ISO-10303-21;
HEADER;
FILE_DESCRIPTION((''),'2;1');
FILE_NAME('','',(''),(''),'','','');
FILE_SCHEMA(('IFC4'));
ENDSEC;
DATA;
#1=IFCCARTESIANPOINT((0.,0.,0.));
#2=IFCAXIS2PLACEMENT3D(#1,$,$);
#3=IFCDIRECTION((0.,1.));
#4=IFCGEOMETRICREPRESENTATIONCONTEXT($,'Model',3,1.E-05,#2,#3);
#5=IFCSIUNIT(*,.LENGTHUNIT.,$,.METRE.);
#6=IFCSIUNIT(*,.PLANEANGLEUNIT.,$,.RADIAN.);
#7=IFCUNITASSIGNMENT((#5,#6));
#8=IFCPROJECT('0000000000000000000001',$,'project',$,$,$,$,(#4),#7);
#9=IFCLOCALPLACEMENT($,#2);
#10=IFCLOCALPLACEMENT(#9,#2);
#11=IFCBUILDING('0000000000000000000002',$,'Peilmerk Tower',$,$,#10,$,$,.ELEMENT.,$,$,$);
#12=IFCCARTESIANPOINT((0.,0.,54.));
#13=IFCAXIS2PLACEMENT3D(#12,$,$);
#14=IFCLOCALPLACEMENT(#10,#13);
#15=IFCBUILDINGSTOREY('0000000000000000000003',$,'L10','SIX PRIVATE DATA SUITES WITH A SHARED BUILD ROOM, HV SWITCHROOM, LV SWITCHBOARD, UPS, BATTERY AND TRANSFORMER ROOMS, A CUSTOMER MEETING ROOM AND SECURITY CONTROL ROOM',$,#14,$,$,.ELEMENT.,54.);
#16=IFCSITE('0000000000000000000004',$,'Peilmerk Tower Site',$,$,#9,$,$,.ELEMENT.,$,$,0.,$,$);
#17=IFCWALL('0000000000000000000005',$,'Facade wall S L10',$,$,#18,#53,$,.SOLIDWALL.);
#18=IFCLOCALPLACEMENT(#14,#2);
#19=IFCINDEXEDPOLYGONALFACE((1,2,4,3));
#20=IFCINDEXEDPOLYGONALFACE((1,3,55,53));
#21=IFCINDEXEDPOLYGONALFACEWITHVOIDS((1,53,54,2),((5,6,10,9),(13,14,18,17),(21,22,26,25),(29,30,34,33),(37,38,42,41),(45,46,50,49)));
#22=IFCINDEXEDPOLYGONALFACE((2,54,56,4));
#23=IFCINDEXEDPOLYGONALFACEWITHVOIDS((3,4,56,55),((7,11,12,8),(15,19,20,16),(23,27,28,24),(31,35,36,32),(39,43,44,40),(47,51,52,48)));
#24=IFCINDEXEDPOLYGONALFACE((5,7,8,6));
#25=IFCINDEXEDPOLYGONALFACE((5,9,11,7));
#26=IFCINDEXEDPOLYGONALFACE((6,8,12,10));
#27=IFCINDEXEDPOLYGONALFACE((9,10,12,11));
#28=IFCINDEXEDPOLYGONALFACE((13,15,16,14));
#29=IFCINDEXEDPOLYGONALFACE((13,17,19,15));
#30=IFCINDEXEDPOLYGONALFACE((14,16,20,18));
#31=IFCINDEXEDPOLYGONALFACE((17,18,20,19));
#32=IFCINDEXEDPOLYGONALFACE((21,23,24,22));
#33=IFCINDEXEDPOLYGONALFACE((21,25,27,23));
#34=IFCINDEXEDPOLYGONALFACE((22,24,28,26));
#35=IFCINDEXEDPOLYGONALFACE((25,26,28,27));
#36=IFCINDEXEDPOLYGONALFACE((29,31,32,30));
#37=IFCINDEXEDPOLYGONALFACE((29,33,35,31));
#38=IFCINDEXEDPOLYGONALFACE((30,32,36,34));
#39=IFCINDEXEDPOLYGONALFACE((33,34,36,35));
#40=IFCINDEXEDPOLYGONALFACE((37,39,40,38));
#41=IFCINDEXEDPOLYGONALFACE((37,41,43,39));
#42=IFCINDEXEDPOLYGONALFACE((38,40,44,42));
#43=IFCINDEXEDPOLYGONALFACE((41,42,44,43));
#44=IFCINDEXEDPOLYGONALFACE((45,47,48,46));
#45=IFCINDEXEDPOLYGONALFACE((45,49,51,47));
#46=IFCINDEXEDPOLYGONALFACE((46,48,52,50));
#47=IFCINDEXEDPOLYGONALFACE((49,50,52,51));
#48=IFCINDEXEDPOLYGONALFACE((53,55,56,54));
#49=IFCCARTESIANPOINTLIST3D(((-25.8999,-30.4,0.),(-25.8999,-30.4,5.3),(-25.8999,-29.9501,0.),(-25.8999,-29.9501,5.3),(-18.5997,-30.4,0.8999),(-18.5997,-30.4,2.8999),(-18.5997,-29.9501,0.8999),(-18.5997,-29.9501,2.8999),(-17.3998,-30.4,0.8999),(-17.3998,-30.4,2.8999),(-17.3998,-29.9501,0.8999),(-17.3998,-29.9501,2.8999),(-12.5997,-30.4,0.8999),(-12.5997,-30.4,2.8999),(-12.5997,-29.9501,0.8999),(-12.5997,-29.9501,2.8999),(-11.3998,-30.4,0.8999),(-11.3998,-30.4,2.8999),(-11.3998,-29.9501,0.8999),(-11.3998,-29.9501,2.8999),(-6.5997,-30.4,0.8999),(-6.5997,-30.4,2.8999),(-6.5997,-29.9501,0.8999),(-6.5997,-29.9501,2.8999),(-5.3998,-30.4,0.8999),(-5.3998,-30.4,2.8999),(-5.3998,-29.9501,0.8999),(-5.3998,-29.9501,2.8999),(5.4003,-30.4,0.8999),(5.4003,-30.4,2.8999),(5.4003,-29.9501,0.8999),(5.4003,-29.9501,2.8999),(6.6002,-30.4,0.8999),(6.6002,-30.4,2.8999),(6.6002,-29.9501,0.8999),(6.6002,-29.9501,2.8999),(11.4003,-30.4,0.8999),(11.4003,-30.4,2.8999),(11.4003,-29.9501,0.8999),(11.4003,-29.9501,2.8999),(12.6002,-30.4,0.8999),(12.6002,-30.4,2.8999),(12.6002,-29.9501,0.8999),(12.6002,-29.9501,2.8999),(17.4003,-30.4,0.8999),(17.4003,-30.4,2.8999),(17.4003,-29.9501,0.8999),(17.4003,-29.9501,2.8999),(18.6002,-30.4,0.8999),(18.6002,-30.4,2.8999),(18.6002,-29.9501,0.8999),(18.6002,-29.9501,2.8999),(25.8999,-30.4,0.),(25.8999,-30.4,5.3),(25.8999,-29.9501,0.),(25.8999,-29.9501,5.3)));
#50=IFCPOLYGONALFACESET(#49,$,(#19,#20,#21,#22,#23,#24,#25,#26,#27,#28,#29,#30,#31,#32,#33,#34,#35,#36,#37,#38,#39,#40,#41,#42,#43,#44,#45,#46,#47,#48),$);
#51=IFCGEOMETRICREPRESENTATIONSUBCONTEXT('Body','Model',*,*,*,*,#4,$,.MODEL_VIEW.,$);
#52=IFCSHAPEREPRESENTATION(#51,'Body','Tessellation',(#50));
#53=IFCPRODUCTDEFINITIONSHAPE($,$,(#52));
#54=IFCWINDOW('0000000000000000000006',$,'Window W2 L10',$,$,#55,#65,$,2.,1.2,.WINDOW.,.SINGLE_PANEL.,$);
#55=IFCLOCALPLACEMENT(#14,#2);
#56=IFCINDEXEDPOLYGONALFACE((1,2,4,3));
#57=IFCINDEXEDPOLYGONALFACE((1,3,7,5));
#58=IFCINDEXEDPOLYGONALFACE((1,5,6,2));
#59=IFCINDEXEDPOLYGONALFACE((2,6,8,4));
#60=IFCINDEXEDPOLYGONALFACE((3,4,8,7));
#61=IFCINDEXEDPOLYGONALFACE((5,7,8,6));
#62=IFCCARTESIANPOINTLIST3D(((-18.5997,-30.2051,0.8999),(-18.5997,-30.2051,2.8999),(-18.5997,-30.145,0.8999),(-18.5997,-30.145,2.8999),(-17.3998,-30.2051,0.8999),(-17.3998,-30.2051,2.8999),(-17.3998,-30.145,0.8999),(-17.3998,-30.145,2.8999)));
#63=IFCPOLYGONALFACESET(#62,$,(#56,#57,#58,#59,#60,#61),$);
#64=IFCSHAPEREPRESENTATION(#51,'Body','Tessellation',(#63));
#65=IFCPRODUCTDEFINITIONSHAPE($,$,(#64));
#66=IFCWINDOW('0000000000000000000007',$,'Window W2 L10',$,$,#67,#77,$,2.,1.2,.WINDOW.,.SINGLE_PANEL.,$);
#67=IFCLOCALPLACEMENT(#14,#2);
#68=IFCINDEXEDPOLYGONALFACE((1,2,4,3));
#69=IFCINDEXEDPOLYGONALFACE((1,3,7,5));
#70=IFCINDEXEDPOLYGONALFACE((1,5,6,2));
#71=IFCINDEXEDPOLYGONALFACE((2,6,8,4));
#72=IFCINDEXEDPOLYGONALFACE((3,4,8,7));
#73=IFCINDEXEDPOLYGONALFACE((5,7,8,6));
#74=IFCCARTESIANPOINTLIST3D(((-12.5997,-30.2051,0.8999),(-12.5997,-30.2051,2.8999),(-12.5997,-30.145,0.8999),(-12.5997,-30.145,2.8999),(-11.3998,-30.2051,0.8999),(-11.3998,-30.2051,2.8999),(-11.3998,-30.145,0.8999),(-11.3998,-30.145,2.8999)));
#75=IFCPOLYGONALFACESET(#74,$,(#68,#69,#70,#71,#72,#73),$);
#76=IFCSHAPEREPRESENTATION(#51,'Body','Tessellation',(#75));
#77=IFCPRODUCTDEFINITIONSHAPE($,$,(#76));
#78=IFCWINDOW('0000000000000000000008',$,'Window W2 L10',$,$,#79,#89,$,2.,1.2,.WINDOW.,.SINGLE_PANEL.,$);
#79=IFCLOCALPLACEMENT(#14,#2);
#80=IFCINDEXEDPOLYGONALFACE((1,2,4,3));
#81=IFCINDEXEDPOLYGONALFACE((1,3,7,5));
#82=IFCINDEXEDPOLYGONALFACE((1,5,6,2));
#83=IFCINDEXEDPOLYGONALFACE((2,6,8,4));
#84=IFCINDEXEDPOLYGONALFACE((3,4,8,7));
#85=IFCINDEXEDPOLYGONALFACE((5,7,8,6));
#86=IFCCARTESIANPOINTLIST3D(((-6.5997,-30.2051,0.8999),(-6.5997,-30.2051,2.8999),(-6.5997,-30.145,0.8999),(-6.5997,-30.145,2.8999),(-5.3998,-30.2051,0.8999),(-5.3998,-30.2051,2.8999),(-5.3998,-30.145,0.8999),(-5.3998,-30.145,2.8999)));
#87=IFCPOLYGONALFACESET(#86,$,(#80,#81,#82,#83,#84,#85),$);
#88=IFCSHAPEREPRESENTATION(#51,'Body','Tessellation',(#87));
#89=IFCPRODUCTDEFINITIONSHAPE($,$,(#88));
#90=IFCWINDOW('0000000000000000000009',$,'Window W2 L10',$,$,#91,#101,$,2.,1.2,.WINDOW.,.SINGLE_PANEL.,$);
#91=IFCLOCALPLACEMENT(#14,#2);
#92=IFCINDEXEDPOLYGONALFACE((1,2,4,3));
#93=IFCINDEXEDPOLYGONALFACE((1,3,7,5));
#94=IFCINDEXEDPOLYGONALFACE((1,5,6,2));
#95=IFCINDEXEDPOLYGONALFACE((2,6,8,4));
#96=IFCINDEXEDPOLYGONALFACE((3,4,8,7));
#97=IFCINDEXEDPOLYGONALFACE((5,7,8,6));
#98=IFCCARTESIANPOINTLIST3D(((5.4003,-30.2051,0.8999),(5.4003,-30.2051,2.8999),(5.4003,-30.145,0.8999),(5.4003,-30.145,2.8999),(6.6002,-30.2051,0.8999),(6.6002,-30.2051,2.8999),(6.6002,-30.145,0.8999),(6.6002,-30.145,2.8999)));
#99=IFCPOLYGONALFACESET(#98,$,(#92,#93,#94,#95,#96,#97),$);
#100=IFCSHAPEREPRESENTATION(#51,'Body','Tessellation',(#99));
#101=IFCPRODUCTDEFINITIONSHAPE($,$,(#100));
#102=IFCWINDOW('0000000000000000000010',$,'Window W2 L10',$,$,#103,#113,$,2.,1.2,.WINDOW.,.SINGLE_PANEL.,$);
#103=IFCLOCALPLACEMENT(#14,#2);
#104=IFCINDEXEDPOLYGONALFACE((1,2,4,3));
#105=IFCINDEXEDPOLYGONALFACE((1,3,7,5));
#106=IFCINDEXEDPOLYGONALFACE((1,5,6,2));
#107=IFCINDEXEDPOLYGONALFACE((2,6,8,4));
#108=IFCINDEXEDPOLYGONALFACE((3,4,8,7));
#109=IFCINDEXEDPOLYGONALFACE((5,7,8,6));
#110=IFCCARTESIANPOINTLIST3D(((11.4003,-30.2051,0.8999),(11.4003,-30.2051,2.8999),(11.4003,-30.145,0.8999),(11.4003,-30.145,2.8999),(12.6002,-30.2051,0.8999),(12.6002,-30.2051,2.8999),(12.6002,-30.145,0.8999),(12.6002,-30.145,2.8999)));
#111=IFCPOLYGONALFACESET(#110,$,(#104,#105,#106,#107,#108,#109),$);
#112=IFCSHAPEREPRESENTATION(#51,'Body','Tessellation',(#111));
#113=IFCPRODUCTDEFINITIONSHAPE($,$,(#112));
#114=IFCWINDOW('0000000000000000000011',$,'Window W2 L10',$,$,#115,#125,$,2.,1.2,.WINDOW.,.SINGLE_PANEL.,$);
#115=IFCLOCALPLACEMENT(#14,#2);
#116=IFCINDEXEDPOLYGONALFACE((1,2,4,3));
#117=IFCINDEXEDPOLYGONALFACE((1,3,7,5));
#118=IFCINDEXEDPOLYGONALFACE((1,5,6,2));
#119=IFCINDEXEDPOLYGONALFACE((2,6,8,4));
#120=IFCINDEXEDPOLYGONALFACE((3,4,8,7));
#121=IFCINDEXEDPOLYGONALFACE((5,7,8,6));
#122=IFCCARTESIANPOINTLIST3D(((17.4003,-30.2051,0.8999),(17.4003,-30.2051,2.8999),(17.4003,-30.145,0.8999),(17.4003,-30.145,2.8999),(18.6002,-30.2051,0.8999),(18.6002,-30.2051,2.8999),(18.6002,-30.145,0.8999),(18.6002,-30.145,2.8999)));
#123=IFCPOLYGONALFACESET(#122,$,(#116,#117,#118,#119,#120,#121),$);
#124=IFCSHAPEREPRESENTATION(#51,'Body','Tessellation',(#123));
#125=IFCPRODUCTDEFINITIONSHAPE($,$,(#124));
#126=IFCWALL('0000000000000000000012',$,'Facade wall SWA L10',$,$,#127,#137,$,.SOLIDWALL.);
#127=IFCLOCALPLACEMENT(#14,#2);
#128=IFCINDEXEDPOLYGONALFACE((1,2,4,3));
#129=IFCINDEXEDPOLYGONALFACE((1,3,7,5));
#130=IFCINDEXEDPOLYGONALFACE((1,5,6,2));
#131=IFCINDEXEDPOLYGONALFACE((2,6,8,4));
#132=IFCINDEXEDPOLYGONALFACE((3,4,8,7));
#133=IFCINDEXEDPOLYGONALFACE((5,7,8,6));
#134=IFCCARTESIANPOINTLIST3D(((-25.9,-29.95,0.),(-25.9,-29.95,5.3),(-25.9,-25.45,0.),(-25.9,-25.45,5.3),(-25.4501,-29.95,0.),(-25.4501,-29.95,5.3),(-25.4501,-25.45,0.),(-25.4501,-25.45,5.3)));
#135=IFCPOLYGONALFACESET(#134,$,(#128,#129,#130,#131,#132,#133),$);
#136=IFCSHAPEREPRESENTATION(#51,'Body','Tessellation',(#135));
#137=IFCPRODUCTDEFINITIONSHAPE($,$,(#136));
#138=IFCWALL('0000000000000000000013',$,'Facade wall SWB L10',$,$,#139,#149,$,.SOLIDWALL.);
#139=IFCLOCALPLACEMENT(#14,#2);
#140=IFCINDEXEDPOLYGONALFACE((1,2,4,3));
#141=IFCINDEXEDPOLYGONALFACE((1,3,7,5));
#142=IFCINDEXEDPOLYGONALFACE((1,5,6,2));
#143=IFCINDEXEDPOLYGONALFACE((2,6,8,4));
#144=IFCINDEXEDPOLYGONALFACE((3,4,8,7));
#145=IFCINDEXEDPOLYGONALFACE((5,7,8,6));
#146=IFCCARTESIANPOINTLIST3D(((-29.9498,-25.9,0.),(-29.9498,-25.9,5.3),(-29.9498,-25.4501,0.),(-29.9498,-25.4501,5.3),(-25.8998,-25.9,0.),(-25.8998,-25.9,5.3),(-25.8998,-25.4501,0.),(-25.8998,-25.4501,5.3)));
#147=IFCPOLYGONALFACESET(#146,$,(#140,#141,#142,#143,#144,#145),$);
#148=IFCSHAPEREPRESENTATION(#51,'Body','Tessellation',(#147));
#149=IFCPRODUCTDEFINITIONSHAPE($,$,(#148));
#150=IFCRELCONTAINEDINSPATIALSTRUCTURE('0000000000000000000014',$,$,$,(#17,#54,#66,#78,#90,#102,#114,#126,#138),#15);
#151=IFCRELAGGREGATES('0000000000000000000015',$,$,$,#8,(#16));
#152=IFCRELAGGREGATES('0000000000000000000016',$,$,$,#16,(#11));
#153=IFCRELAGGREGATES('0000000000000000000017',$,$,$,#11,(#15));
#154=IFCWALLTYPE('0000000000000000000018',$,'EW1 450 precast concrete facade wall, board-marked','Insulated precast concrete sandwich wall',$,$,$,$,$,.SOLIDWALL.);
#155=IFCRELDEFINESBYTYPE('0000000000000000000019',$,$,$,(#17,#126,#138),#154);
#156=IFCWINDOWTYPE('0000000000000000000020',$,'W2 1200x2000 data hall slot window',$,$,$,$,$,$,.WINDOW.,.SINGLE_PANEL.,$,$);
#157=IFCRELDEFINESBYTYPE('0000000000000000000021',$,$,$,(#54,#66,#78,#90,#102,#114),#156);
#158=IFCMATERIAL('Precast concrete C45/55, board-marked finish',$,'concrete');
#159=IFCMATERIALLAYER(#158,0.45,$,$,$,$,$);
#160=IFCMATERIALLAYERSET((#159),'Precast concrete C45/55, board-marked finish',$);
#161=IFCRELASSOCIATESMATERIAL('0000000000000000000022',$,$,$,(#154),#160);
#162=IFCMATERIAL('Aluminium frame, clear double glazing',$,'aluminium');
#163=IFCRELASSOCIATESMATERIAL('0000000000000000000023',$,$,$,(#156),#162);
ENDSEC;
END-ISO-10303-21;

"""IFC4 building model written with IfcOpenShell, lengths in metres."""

from ifc_helpers import new_model, si_unit, direction, frame, frame_2d, origin, place, context, subcontext, project, spatial, rectangle, extrude, material, layer, layer_set, type_object, element, fill, save


model = new_model("IFC4")

# Units and contexts
model_context = context("Model", 3, precision=1e-05, world=origin(), true_north=direction((0.0, 1.0)))
body_context = subcontext(model_context, "Body", "Model", "MODEL_VIEW")
ifc_project = project(units=[si_unit("LENGTHUNIT", "METRE"), si_unit("PLANEANGLEUNIT", "RADIAN")], contexts=[model_context])

# Site, building, storey
site_placement = place(None, origin())
site = spatial("IfcSite", under=ifc_project, at=site_placement, Name="Peilmerk Tower Site", CompositionType="ELEMENT", RefElevation=0.0)
building_placement = place(site_placement, origin())
building = spatial("IfcBuilding", under=site, at=building_placement, Name="Peilmerk Tower", CompositionType="ELEMENT")
storey_placement = place(building_placement, frame((0.0, 0.0, 54.0)))
storey = spatial("IfcBuildingStorey", under=building, at=storey_placement, Name="L10", Description="SIX PRIVATE DATA SUITES WITH A SHARED BUILD ROOM, HV SWITCHROOM, LV SWITCHBOARD, UPS, BATTERY AND TRANSFORMER ROOMS, A CUSTOMER MEETING ROOM AND SECURITY CONTROL ROOM", CompositionType="ELEMENT", Elevation=54.0)

# Wall, openings, windows
ifc_material_1 = material(Name="Precast concrete C45/55, board-marked finish", Category="concrete")
ifc_layer = layer(ifc_material_1, 0.45)
ifc_layer_set = layer_set([ifc_layer], Name="Precast concrete C45/55, board-marked finish")
wall_type = type_object("IfcWallType", Name="EW1 450 precast concrete facade wall, board-marked", Description="Insulated precast concrete sandwich wall", PredefinedType="SOLIDWALL", material=ifc_layer_set)
wall_1_placement = place(storey_placement, frame((-25.8999, -30.175, 0.0), z_axis=(0.0, 0.0, 1.0), x_axis=(1.0, 0.0, 0.0)))
wall_1 = element("IfcWall", 1, at=wall_1_placement, inside=storey, type_object=wall_type, Name="Facade wall S L10", PredefinedType="SOLIDWALL", context=body_context, shape_type="SweptSolid", body=[
    extrude(rectangle(XDim=51.7998, YDim=0.45, at=frame_2d((25.8999, 0.0))), origin(), (0.0, 0.0, 1.0), 5.3),
])
opening_1_placement = place(wall_1_placement, frame((7.3, 0.0, 0.8999)))
opening_1 = element("IfcOpeningElement", 2, at=opening_1_placement, cuts=wall_1, PredefinedType="OPENING", context=body_context, shape_type="SweptSolid", body=[
    extrude(rectangle(XDim=1.2, YDim=2.0, at=frame_2d((0.6001, 1.0))), frame((0.0, 0.2349, 0.0), z_axis=(0.0, -1.0, 0.0), x_axis=(1.0, 0.0, 0.0)), (0.0, 0.0, 1.0), 0.47),
])
opening_2_placement = place(wall_1_placement, frame((13.3, 0.0, 0.8999)))
opening_2 = element("IfcOpeningElement", 3, at=opening_2_placement, cuts=wall_1, PredefinedType="OPENING", context=body_context, shape_type="SweptSolid", body=[
    extrude(rectangle(XDim=1.2, YDim=2.0, at=frame_2d((0.6001, 1.0))), frame((0.0, 0.2349, 0.0), z_axis=(0.0, -1.0, 0.0), x_axis=(1.0, 0.0, 0.0)), (0.0, 0.0, 1.0), 0.47),
])
opening_3_placement = place(wall_1_placement, frame((19.3, 0.0, 0.8999)))
opening_3 = element("IfcOpeningElement", 4, at=opening_3_placement, cuts=wall_1, PredefinedType="OPENING", context=body_context, shape_type="SweptSolid", body=[
    extrude(rectangle(XDim=1.2, YDim=2.0, at=frame_2d((0.6001, 1.0))), frame((0.0, 0.2349, 0.0), z_axis=(0.0, -1.0, 0.0), x_axis=(1.0, 0.0, 0.0)), (0.0, 0.0, 1.0), 0.47),
])
opening_4_placement = place(wall_1_placement, frame((31.3, 0.0, 0.8999)))
opening_4 = element("IfcOpeningElement", 5, at=opening_4_placement, cuts=wall_1, PredefinedType="OPENING", context=body_context, shape_type="SweptSolid", body=[
    extrude(rectangle(XDim=1.2, YDim=2.0, at=frame_2d((0.6001, 1.0))), frame((0.0, 0.2349, 0.0), z_axis=(0.0, -1.0, 0.0), x_axis=(1.0, 0.0, 0.0)), (0.0, 0.0, 1.0), 0.47),
])
opening_5_placement = place(wall_1_placement, frame((37.3, 0.0, 0.8999)))
opening_5 = element("IfcOpeningElement", 6, at=opening_5_placement, cuts=wall_1, PredefinedType="OPENING", context=body_context, shape_type="SweptSolid", body=[
    extrude(rectangle(XDim=1.2, YDim=2.0, at=frame_2d((0.6001, 1.0))), frame((0.0, 0.2349, 0.0), z_axis=(0.0, -1.0, 0.0), x_axis=(1.0, 0.0, 0.0)), (0.0, 0.0, 1.0), 0.47),
])
opening_6_placement = place(wall_1_placement, frame((43.3, 0.0, 0.8999)))
opening_6 = element("IfcOpeningElement", 7, at=opening_6_placement, cuts=wall_1, PredefinedType="OPENING", context=body_context, shape_type="SweptSolid", body=[
    extrude(rectangle(XDim=1.2, YDim=2.0, at=frame_2d((0.6001, 1.0))), frame((0.0, 0.2349, 0.0), z_axis=(0.0, -1.0, 0.0), x_axis=(1.0, 0.0, 0.0)), (0.0, 0.0, 1.0), 0.47),
])
ifc_material_2 = material(Name="Aluminium frame, clear double glazing", Category="aluminium")
window_type = type_object("IfcWindowType", Name="W2 1200x2000 data hall slot window", PartitioningType="SINGLE_PANEL", PredefinedType="WINDOW", material=ifc_material_2)
window_1_placement = place(opening_1_placement, origin())
window_1 = element("IfcWindow", 8, at=window_1_placement, inside=storey, type_object=window_type, Name="Window W2 L10", OverallHeight=2.0, OverallWidth=1.2, PartitioningType="SINGLE_PANEL", PredefinedType="WINDOW", context=body_context, shape_type="SweptSolid", body=[
    extrude(rectangle(XDim=1.2, YDim=2.0, at=frame_2d((0.6001, 1.0))), frame((0.0, 0.03, 0.0), z_axis=(0.0, -1.0, 0.0), x_axis=(1.0, 0.0, 0.0)), (0.0, 0.0, 1.0), 0.0601),
])
fill(opening_1, window_1)
window_2_placement = place(opening_2_placement, origin())
window_2 = element("IfcWindow", 9, at=window_2_placement, inside=storey, type_object=window_type, Name="Window W2 L10", OverallHeight=2.0, OverallWidth=1.2, PartitioningType="SINGLE_PANEL", PredefinedType="WINDOW", context=body_context, shape_type="SweptSolid", body=[
    extrude(rectangle(XDim=1.2, YDim=2.0, at=frame_2d((0.6001, 1.0))), frame((0.0, 0.03, 0.0), z_axis=(0.0, -1.0, 0.0), x_axis=(1.0, 0.0, 0.0)), (0.0, 0.0, 1.0), 0.0601),
])
fill(opening_2, window_2)
window_3_placement = place(opening_3_placement, origin())
window_3 = element("IfcWindow", 10, at=window_3_placement, inside=storey, type_object=window_type, Name="Window W2 L10", OverallHeight=2.0, OverallWidth=1.2, PartitioningType="SINGLE_PANEL", PredefinedType="WINDOW", context=body_context, shape_type="SweptSolid", body=[
    extrude(rectangle(XDim=1.2, YDim=2.0, at=frame_2d((0.6001, 1.0))), frame((0.0, 0.03, 0.0), z_axis=(0.0, -1.0, 0.0), x_axis=(1.0, 0.0, 0.0)), (0.0, 0.0, 1.0), 0.0601),
])
fill(opening_3, window_3)
window_4_placement = place(opening_4_placement, origin())
window_4 = element("IfcWindow", 11, at=window_4_placement, inside=storey, type_object=window_type, Name="Window W2 L10", OverallHeight=2.0, OverallWidth=1.2, PartitioningType="SINGLE_PANEL", PredefinedType="WINDOW", context=body_context, shape_type="SweptSolid", body=[
    extrude(rectangle(XDim=1.2, YDim=2.0, at=frame_2d((0.6001, 1.0))), frame((0.0, 0.03, 0.0), z_axis=(0.0, -1.0, 0.0), x_axis=(1.0, 0.0, 0.0)), (0.0, 0.0, 1.0), 0.0601),
])
fill(opening_4, window_4)
window_5_placement = place(opening_5_placement, origin())
window_5 = element("IfcWindow", 12, at=window_5_placement, inside=storey, type_object=window_type, Name="Window W2 L10", OverallHeight=2.0, OverallWidth=1.2, PartitioningType="SINGLE_PANEL", PredefinedType="WINDOW", context=body_context, shape_type="SweptSolid", body=[
    extrude(rectangle(XDim=1.2, YDim=2.0, at=frame_2d((0.6001, 1.0))), frame((0.0, 0.03, 0.0), z_axis=(0.0, -1.0, 0.0), x_axis=(1.0, 0.0, 0.0)), (0.0, 0.0, 1.0), 0.0601),
])
fill(opening_5, window_5)
window_6_placement = place(opening_6_placement, origin())
window_6 = element("IfcWindow", 13, at=window_6_placement, inside=storey, type_object=window_type, Name="Window W2 L10", OverallHeight=2.0, OverallWidth=1.2, PartitioningType="SINGLE_PANEL", PredefinedType="WINDOW", context=body_context, shape_type="SweptSolid", body=[
    extrude(rectangle(XDim=1.2, YDim=2.0, at=frame_2d((0.6001, 1.0))), frame((0.0, 0.03, 0.0), z_axis=(0.0, -1.0, 0.0), x_axis=(1.0, 0.0, 0.0)), (0.0, 0.0, 1.0), 0.0601),
])
fill(opening_6, window_6)

# Walls
wall_2_placement = place(storey_placement, frame((-25.675, -25.45, 0.0), z_axis=(0.0, 0.0, 1.0), x_axis=(0.0, -1.0, 0.0)))
element("IfcWall", 14, at=wall_2_placement, inside=storey, type_object=wall_type, Name="Facade wall SWA L10", PredefinedType="SOLIDWALL", context=body_context, shape_type="SweptSolid", body=[
    extrude(rectangle(XDim=4.5, YDim=0.45, at=frame_2d((2.25, 0.0))), origin(), (0.0, 0.0, 1.0), 5.3),
])
wall_3_placement = place(storey_placement, frame((-25.8999, -25.675, 0.0), z_axis=(0.0, 0.0, 1.0), x_axis=(-1.0, 0.0, 0.0)))
element("IfcWall", 15, at=wall_3_placement, inside=storey, type_object=wall_type, Name="Facade wall SWB L10", PredefinedType="SOLIDWALL", context=body_context, shape_type="SweptSolid", body=[
    extrude(rectangle(XDim=4.05, YDim=0.45, at=frame_2d((2.0249, 0.0))), origin(), (0.0, 0.0, 1.0), 5.3),
])

save(model, "model.ifc")
